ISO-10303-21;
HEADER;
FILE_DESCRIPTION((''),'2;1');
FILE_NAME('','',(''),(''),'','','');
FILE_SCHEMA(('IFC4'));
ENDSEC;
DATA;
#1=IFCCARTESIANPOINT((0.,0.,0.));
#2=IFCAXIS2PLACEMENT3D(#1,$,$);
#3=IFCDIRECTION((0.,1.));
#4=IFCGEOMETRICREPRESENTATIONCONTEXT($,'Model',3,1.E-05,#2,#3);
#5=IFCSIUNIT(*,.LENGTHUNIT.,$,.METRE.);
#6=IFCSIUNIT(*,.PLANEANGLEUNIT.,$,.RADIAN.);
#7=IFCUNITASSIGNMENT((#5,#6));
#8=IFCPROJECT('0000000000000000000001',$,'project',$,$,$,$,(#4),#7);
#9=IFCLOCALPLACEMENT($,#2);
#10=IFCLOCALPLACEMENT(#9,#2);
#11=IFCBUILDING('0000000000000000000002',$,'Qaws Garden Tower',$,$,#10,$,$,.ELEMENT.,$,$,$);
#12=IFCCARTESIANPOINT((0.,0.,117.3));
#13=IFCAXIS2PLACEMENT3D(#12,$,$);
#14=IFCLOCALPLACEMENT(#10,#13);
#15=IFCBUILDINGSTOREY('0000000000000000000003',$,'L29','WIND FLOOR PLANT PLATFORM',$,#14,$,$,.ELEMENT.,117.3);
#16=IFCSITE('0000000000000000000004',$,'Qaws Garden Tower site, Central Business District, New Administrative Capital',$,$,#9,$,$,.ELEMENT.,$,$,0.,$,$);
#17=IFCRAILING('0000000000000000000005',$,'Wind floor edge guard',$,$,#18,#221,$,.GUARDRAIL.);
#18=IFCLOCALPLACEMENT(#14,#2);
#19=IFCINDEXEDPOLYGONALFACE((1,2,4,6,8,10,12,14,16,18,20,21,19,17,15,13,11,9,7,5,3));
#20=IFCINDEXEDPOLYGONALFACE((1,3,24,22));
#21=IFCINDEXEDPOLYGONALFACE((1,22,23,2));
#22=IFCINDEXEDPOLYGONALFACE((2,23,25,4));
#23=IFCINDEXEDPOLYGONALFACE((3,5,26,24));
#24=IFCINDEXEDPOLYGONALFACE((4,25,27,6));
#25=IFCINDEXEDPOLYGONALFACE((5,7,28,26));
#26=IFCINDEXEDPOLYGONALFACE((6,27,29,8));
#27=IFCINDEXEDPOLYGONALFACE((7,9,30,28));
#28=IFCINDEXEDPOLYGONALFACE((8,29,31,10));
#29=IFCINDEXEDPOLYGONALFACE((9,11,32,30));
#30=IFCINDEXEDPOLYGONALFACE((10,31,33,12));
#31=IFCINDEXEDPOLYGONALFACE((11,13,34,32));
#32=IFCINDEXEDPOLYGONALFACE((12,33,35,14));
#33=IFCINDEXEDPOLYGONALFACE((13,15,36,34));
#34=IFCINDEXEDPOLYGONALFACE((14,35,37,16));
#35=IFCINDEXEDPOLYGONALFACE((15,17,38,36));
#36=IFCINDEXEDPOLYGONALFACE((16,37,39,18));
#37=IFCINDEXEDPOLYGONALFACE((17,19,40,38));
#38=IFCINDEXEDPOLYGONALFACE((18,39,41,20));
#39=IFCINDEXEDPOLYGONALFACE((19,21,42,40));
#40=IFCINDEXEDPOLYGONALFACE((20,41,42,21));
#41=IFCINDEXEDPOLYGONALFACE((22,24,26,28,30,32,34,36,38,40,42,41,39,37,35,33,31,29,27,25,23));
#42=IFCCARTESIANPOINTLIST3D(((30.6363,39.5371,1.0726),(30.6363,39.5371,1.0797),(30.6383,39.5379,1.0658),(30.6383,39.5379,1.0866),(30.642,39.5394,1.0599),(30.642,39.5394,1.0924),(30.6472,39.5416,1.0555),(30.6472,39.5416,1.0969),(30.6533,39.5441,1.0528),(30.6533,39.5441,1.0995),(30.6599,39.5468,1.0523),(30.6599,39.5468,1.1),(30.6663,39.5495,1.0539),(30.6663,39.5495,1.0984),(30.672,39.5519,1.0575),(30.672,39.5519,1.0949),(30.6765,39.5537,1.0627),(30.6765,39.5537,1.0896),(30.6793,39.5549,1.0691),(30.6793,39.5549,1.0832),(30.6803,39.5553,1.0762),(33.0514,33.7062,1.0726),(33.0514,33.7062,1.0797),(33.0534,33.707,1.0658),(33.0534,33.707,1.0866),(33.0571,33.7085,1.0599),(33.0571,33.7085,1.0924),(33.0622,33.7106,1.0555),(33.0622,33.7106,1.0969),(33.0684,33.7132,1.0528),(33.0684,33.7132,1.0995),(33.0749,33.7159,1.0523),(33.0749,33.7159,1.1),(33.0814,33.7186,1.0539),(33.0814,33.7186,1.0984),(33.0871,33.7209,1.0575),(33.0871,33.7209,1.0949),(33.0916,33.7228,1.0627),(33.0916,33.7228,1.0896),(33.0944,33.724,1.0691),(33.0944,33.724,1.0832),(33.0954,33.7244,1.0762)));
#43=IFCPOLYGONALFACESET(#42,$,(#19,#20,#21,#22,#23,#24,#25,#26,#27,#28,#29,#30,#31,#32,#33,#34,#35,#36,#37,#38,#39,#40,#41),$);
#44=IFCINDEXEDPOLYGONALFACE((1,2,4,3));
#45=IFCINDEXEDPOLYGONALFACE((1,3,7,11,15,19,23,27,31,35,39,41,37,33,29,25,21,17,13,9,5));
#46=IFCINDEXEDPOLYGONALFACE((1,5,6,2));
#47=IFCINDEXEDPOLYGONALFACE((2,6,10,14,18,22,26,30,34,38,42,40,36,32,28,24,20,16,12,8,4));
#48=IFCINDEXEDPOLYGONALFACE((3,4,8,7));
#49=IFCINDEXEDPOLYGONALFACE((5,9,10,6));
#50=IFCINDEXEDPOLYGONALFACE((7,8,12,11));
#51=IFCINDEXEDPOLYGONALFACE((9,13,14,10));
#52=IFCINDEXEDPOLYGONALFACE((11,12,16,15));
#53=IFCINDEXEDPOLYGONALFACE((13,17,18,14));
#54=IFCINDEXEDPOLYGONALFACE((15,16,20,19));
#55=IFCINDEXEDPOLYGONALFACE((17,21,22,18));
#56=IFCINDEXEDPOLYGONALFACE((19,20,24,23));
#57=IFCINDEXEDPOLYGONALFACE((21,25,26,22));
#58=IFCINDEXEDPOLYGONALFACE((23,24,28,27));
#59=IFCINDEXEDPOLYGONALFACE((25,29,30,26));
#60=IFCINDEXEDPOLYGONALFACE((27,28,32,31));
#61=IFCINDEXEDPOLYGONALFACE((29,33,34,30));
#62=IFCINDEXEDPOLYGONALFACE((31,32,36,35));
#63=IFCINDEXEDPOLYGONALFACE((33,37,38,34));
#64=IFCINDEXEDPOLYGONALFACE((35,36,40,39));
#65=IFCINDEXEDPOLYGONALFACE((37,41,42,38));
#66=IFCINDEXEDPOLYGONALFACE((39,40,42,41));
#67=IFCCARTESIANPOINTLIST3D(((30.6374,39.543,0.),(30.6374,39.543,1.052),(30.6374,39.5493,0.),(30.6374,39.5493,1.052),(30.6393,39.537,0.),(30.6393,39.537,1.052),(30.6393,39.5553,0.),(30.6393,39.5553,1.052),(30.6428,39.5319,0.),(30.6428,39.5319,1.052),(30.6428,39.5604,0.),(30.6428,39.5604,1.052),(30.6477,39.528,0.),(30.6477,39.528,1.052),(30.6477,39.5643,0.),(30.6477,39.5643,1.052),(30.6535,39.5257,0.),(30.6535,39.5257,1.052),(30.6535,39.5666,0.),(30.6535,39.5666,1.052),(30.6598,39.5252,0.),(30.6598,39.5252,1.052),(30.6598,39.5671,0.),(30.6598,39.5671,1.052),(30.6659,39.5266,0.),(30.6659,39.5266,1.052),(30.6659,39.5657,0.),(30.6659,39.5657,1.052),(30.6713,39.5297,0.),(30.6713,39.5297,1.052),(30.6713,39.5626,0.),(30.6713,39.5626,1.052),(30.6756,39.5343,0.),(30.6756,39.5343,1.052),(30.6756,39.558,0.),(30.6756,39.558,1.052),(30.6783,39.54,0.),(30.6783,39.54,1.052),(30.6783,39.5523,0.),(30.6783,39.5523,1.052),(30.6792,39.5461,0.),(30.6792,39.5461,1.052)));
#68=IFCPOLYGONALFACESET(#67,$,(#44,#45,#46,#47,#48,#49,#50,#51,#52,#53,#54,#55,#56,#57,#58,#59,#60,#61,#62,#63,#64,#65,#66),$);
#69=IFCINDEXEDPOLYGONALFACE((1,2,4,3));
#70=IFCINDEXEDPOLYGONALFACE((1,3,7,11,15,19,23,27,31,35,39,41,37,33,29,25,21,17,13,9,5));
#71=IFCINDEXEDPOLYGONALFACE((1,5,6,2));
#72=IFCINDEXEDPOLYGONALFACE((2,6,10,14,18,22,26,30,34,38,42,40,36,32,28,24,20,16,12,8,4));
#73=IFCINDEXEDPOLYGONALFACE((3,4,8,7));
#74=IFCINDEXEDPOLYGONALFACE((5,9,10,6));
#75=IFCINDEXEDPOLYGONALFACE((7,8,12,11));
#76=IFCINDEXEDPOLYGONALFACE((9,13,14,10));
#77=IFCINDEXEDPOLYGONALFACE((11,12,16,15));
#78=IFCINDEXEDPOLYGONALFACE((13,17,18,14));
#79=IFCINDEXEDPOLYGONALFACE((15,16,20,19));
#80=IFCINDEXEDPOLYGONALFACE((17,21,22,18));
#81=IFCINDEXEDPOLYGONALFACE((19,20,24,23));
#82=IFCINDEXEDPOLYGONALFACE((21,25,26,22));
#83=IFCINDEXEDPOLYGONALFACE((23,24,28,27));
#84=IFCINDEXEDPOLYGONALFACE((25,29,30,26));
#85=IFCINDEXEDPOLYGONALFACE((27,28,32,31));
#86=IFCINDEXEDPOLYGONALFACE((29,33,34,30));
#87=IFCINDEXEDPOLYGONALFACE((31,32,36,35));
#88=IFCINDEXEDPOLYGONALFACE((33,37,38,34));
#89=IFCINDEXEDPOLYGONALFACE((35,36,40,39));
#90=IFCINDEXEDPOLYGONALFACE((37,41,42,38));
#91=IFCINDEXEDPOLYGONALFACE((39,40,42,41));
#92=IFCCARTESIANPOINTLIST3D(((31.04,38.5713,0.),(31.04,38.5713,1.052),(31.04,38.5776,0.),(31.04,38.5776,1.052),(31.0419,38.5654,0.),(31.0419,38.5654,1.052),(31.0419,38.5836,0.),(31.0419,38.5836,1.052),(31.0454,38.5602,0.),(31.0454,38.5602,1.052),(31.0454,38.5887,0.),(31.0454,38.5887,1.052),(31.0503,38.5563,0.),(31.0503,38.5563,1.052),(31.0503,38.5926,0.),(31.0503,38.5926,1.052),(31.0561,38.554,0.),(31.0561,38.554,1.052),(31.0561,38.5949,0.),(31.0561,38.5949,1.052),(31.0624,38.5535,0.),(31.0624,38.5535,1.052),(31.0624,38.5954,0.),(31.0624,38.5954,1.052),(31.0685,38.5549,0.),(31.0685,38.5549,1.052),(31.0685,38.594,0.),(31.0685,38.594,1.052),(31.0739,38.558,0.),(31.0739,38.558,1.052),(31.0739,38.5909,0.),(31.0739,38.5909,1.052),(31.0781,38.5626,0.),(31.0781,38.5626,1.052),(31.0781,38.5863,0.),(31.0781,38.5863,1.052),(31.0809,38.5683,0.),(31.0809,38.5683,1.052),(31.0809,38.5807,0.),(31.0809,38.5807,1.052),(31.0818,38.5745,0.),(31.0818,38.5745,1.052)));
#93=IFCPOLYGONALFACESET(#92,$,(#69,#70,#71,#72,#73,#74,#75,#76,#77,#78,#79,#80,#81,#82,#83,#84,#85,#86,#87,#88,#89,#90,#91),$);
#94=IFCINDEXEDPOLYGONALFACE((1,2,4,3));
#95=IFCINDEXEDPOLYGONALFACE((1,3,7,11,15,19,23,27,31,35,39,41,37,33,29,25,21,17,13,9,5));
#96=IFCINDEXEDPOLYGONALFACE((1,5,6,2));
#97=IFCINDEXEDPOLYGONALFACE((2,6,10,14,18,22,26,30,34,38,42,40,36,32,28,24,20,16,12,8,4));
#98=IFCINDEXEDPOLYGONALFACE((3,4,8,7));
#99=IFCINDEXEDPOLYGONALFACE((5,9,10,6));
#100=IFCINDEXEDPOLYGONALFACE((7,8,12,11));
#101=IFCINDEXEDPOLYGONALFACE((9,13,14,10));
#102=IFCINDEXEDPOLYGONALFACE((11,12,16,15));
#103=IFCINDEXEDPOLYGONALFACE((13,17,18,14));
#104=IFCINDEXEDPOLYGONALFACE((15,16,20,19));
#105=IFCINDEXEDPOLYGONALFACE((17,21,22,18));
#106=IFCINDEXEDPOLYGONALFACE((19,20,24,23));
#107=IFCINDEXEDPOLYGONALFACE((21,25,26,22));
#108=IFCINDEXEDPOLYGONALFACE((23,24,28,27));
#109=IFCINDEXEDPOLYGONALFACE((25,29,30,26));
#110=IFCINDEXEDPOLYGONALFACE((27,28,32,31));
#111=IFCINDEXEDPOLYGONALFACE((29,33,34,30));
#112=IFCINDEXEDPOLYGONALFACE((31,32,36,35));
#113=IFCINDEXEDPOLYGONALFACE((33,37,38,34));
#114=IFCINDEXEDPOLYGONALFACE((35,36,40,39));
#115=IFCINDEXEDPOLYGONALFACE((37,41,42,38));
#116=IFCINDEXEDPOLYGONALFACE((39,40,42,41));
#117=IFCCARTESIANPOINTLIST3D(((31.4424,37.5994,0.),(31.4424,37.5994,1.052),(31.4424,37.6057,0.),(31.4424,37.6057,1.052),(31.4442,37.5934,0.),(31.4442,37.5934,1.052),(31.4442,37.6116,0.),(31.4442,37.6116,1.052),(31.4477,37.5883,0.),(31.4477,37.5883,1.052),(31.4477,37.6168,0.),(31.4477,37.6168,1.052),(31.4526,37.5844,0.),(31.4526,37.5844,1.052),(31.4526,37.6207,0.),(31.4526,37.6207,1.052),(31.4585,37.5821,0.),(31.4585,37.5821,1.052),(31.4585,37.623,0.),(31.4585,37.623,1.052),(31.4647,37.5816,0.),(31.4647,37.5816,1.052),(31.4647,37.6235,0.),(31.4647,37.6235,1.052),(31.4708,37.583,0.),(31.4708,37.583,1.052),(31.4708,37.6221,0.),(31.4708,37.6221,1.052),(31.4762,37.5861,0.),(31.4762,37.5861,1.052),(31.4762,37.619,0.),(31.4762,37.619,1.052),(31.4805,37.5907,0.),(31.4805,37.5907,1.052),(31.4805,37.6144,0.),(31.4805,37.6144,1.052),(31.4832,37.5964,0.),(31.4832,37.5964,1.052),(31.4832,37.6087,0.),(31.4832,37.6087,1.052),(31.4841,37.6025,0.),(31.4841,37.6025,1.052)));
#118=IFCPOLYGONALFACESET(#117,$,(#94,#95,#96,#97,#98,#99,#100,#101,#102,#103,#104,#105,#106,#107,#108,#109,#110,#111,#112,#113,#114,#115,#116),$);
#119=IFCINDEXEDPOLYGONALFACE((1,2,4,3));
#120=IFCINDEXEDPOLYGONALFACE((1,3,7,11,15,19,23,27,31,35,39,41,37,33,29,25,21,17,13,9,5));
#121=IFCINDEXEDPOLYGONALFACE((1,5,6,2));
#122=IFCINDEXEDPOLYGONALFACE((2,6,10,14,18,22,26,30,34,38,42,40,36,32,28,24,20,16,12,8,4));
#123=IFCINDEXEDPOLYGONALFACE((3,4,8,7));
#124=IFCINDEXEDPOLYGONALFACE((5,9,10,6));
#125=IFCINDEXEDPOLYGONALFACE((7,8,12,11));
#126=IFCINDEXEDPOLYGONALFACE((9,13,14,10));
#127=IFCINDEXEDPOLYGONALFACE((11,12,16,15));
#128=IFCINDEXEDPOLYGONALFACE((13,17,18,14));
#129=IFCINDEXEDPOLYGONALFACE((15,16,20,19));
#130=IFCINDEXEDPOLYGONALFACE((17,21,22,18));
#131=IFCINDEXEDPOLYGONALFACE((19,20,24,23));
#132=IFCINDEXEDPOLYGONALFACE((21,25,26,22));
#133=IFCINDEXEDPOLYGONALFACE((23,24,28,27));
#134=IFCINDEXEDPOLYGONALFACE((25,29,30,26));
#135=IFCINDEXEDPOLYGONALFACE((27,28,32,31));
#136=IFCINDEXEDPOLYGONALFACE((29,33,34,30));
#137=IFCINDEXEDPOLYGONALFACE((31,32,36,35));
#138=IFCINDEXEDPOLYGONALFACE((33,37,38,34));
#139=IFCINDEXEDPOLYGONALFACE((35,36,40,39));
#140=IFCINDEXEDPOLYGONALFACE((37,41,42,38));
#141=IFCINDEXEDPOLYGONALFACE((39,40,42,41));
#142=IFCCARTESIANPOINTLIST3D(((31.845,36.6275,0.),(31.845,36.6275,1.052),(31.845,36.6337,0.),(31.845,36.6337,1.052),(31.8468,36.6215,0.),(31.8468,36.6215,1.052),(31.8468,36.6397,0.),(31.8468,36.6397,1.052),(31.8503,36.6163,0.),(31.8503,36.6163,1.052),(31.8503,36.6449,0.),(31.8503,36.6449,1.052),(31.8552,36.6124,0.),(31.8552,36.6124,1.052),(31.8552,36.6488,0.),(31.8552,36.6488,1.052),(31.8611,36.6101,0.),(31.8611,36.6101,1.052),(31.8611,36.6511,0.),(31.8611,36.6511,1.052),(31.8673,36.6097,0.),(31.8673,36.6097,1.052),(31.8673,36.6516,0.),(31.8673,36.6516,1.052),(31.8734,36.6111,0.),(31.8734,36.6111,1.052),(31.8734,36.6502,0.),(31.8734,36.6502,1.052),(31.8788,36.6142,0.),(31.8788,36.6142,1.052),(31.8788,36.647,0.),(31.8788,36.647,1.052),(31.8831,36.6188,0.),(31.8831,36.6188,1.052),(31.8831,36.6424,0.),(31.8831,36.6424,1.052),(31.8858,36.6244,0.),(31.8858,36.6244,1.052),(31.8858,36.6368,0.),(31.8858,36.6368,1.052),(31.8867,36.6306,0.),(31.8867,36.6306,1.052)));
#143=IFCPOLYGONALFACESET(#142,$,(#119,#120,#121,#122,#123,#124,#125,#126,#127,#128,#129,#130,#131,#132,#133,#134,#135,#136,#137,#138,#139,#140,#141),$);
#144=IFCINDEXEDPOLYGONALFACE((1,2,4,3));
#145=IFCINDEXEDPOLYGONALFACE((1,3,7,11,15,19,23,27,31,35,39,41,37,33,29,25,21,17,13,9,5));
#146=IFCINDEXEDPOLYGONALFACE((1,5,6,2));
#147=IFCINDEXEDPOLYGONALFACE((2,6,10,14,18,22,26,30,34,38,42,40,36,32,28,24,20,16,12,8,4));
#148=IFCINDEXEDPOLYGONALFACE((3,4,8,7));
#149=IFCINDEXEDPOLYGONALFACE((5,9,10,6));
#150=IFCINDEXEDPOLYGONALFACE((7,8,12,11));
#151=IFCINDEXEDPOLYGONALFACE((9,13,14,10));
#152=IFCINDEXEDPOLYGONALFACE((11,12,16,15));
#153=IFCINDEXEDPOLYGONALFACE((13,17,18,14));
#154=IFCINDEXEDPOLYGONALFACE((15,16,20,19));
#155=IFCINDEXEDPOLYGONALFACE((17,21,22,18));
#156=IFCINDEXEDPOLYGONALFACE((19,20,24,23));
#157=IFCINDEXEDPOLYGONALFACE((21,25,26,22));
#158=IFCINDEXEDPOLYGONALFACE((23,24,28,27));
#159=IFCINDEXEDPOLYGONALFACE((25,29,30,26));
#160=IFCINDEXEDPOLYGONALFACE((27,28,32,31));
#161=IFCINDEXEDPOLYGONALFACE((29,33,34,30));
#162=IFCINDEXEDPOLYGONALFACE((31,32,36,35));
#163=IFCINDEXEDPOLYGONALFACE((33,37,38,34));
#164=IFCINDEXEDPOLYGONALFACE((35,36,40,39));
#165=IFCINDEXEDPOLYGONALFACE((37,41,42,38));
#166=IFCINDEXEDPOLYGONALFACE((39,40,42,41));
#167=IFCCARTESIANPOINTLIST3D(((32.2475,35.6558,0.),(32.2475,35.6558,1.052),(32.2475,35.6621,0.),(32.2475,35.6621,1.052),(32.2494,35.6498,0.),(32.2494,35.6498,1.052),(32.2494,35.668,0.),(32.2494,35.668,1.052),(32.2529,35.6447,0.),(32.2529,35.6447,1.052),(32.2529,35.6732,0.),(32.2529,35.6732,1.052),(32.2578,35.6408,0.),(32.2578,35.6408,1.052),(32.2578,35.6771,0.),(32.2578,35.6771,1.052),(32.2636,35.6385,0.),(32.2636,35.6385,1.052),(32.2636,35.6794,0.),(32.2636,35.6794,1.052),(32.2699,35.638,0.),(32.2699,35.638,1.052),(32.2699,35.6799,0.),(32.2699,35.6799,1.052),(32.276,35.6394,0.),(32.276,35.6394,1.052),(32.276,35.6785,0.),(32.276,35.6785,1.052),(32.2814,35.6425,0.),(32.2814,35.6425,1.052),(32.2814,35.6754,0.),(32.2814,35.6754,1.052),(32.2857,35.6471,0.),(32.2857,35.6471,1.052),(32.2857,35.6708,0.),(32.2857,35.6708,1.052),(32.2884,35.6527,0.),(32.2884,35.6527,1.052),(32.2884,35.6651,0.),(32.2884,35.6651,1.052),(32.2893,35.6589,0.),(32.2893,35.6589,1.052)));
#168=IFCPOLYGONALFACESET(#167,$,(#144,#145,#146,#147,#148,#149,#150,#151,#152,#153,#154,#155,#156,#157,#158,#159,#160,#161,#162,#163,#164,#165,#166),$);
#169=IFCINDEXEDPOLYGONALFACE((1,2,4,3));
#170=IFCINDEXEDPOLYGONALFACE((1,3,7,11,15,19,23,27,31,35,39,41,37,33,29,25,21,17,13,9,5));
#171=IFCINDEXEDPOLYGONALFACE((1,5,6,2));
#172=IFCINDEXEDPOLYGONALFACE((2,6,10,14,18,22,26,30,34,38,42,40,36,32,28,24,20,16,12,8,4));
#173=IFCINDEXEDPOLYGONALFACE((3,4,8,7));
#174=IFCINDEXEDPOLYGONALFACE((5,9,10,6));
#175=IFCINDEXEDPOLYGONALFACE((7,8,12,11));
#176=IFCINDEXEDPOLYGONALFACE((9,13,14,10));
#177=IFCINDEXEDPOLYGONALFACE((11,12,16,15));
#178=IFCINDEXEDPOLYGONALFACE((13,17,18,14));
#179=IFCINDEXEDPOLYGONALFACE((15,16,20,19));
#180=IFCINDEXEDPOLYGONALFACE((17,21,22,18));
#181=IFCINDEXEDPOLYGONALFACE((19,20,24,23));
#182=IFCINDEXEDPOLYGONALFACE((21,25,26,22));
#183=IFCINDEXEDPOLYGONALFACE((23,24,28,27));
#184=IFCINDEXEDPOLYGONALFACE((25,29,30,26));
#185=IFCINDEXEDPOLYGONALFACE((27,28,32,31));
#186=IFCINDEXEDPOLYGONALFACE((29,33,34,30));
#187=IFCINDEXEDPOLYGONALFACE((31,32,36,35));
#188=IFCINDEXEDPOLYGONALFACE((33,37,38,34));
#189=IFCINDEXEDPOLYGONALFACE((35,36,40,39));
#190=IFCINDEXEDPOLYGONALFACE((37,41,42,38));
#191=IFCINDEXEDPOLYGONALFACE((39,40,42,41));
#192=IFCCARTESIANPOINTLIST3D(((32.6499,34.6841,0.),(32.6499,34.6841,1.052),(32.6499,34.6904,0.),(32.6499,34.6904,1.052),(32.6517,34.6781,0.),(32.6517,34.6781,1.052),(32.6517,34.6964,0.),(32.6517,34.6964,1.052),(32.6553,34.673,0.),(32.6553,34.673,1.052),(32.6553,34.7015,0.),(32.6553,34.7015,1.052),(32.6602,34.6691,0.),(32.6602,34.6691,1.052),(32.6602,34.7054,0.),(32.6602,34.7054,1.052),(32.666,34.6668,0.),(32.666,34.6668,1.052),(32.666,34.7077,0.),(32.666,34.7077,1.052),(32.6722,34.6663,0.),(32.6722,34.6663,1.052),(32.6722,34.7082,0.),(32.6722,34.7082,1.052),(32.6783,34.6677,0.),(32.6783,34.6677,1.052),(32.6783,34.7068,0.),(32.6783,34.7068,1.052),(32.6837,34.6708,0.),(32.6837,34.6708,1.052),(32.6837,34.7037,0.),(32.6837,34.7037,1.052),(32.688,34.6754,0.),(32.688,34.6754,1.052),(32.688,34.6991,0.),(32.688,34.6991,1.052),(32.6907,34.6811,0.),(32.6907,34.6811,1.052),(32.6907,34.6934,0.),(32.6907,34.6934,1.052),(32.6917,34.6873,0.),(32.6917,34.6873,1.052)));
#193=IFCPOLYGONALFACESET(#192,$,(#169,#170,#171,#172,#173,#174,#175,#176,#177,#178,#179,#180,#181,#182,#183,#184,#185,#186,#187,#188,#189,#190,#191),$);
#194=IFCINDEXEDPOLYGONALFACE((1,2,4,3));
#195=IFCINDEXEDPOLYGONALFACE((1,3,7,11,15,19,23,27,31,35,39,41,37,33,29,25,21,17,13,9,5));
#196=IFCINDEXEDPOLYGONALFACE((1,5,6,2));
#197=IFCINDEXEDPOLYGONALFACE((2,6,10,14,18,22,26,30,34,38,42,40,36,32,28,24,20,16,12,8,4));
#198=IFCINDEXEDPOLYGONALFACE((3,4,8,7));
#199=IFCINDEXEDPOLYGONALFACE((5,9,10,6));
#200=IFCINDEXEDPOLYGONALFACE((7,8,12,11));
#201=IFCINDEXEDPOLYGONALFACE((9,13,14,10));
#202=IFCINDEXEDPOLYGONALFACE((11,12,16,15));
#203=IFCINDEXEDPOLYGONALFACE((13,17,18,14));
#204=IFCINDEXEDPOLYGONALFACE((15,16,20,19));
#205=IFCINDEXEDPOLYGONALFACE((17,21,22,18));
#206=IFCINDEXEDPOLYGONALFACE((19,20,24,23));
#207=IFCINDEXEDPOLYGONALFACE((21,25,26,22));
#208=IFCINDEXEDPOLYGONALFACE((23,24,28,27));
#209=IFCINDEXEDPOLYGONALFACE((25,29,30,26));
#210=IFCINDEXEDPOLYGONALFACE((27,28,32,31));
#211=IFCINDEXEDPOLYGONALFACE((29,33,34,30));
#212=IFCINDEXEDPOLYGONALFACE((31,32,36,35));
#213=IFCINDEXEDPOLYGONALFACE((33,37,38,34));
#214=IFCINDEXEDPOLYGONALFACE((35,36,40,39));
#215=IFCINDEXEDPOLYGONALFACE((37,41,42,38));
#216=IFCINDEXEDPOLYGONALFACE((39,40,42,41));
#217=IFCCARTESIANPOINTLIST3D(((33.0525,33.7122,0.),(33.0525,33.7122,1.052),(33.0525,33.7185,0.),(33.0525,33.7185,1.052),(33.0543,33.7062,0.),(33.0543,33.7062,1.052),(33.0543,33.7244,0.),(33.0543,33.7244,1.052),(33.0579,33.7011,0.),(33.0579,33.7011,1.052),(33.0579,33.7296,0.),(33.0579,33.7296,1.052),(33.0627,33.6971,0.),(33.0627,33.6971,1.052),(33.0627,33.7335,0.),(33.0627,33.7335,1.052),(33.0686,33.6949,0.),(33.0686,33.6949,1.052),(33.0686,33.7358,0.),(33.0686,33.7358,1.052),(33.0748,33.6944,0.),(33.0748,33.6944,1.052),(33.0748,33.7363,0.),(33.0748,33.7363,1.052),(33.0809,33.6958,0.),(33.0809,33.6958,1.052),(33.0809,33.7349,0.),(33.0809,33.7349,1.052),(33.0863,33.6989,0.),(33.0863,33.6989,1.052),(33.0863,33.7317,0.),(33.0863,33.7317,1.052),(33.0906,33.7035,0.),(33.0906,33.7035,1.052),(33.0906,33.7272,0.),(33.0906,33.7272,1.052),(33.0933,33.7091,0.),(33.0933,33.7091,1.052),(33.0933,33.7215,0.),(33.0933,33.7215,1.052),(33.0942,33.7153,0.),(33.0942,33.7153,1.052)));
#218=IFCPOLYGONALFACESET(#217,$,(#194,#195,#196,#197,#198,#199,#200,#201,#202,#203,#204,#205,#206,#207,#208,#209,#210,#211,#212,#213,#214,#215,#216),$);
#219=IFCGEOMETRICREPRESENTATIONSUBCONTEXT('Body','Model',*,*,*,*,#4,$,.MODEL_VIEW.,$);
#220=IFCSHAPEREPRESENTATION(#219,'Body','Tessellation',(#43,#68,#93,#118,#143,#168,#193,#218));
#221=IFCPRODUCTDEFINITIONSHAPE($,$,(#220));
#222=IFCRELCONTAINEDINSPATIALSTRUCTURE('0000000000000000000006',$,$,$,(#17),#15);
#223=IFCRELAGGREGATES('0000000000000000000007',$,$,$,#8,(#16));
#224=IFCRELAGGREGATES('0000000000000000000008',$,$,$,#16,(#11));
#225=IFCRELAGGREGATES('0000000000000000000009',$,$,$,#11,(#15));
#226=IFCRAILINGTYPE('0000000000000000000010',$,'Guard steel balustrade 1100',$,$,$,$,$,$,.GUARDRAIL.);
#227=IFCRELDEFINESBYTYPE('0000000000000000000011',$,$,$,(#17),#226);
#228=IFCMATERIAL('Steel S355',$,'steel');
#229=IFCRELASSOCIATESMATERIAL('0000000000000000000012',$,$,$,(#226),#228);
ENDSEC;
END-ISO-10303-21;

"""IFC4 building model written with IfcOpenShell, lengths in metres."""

from ifc_helpers import new_model, si_unit, direction, frame, origin, origin_2d, place, context, subcontext, project, spatial, circle, extrude, material, type_object, element, save


model = new_model("IFC4")

# Units and contexts
model_context = context("Model", 3, precision=1e-05, world=origin(), true_north=direction((0.0, 1.0)))
body_context = subcontext(model_context, "Body", "Model", "MODEL_VIEW")
ifc_project = project(units=[si_unit("LENGTHUNIT", "METRE"), si_unit("PLANEANGLEUNIT", "RADIAN")], contexts=[model_context])

# Site, building, storey
site_placement = place(None, origin())
site = spatial("IfcSite", under=ifc_project, at=site_placement, Name="Qaws Garden Tower site, Central Business District, New Administrative Capital", CompositionType="ELEMENT", RefElevation=0.0)
building_placement = place(site_placement, origin())
building = spatial("IfcBuilding", under=site, at=building_placement, Name="Qaws Garden Tower", CompositionType="ELEMENT")
storey_placement = place(building_placement, frame((0.0, 0.0, 117.3)))
storey = spatial("IfcBuildingStorey", under=building, at=storey_placement, Name="L29", Description="WIND FLOOR PLANT PLATFORM", CompositionType="ELEMENT", Elevation=117.3)

# Railing
ifc_material_1 = material(Name="Steel S355", Category="steel")
railing_type = type_object("IfcRailingType", Name="Guard steel balustrade 1100", PredefinedType="GUARDRAIL", material=ifc_material_1)
railing_1_placement = place(storey_placement, frame((30.6582, 39.5461, 0.0)))
element("IfcRailing", 1, at=railing_1_placement, inside=storey, type_object=railing_type, Name="Wind floor edge guard", PredefinedType="GUARDRAIL", context=body_context, shape_type="SweptSolid", body=[
    extrude(circle(Radius=0.0239, at=origin_2d()), frame((0.0, 0.0, 1.0762), z_axis=(0.382662, -0.923889, 0.0), x_axis=(0.923889, 0.382662, 0.0)), (0.0, 0.0, 1.0), 6.3113),
    extrude(circle(Radius=0.021, at=origin_2d()), origin(), (0.0, 0.0, 1.0), 1.052),
    extrude(circle(Radius=0.021, at=origin_2d()), frame((0.4026, -0.9717, 0.0)), (0.0, 0.0, 1.0), 1.052),
    extrude(circle(Radius=0.021, at=origin_2d()), frame((0.8049, -1.9436, 0.0)), (0.0, 0.0, 1.0), 1.052),
    extrude(circle(Radius=0.021, at=origin_2d()), frame((1.2075, -2.9155, 0.0)), (0.0, 0.0, 1.0), 1.052),
    extrude(circle(Radius=0.021, at=origin_2d()), frame((1.6101, -3.8872, 0.0)), (0.0, 0.0, 1.0), 1.052),
    extrude(circle(Radius=0.021, at=origin_2d()), frame((2.0125, -4.8589, 0.0)), (0.0, 0.0, 1.0), 1.052),
    extrude(circle(Radius=0.021, at=origin_2d()), frame((2.415, -5.8308, 0.0)), (0.0, 0.0, 1.0), 1.052),
])

save(model, "model.ifc")
